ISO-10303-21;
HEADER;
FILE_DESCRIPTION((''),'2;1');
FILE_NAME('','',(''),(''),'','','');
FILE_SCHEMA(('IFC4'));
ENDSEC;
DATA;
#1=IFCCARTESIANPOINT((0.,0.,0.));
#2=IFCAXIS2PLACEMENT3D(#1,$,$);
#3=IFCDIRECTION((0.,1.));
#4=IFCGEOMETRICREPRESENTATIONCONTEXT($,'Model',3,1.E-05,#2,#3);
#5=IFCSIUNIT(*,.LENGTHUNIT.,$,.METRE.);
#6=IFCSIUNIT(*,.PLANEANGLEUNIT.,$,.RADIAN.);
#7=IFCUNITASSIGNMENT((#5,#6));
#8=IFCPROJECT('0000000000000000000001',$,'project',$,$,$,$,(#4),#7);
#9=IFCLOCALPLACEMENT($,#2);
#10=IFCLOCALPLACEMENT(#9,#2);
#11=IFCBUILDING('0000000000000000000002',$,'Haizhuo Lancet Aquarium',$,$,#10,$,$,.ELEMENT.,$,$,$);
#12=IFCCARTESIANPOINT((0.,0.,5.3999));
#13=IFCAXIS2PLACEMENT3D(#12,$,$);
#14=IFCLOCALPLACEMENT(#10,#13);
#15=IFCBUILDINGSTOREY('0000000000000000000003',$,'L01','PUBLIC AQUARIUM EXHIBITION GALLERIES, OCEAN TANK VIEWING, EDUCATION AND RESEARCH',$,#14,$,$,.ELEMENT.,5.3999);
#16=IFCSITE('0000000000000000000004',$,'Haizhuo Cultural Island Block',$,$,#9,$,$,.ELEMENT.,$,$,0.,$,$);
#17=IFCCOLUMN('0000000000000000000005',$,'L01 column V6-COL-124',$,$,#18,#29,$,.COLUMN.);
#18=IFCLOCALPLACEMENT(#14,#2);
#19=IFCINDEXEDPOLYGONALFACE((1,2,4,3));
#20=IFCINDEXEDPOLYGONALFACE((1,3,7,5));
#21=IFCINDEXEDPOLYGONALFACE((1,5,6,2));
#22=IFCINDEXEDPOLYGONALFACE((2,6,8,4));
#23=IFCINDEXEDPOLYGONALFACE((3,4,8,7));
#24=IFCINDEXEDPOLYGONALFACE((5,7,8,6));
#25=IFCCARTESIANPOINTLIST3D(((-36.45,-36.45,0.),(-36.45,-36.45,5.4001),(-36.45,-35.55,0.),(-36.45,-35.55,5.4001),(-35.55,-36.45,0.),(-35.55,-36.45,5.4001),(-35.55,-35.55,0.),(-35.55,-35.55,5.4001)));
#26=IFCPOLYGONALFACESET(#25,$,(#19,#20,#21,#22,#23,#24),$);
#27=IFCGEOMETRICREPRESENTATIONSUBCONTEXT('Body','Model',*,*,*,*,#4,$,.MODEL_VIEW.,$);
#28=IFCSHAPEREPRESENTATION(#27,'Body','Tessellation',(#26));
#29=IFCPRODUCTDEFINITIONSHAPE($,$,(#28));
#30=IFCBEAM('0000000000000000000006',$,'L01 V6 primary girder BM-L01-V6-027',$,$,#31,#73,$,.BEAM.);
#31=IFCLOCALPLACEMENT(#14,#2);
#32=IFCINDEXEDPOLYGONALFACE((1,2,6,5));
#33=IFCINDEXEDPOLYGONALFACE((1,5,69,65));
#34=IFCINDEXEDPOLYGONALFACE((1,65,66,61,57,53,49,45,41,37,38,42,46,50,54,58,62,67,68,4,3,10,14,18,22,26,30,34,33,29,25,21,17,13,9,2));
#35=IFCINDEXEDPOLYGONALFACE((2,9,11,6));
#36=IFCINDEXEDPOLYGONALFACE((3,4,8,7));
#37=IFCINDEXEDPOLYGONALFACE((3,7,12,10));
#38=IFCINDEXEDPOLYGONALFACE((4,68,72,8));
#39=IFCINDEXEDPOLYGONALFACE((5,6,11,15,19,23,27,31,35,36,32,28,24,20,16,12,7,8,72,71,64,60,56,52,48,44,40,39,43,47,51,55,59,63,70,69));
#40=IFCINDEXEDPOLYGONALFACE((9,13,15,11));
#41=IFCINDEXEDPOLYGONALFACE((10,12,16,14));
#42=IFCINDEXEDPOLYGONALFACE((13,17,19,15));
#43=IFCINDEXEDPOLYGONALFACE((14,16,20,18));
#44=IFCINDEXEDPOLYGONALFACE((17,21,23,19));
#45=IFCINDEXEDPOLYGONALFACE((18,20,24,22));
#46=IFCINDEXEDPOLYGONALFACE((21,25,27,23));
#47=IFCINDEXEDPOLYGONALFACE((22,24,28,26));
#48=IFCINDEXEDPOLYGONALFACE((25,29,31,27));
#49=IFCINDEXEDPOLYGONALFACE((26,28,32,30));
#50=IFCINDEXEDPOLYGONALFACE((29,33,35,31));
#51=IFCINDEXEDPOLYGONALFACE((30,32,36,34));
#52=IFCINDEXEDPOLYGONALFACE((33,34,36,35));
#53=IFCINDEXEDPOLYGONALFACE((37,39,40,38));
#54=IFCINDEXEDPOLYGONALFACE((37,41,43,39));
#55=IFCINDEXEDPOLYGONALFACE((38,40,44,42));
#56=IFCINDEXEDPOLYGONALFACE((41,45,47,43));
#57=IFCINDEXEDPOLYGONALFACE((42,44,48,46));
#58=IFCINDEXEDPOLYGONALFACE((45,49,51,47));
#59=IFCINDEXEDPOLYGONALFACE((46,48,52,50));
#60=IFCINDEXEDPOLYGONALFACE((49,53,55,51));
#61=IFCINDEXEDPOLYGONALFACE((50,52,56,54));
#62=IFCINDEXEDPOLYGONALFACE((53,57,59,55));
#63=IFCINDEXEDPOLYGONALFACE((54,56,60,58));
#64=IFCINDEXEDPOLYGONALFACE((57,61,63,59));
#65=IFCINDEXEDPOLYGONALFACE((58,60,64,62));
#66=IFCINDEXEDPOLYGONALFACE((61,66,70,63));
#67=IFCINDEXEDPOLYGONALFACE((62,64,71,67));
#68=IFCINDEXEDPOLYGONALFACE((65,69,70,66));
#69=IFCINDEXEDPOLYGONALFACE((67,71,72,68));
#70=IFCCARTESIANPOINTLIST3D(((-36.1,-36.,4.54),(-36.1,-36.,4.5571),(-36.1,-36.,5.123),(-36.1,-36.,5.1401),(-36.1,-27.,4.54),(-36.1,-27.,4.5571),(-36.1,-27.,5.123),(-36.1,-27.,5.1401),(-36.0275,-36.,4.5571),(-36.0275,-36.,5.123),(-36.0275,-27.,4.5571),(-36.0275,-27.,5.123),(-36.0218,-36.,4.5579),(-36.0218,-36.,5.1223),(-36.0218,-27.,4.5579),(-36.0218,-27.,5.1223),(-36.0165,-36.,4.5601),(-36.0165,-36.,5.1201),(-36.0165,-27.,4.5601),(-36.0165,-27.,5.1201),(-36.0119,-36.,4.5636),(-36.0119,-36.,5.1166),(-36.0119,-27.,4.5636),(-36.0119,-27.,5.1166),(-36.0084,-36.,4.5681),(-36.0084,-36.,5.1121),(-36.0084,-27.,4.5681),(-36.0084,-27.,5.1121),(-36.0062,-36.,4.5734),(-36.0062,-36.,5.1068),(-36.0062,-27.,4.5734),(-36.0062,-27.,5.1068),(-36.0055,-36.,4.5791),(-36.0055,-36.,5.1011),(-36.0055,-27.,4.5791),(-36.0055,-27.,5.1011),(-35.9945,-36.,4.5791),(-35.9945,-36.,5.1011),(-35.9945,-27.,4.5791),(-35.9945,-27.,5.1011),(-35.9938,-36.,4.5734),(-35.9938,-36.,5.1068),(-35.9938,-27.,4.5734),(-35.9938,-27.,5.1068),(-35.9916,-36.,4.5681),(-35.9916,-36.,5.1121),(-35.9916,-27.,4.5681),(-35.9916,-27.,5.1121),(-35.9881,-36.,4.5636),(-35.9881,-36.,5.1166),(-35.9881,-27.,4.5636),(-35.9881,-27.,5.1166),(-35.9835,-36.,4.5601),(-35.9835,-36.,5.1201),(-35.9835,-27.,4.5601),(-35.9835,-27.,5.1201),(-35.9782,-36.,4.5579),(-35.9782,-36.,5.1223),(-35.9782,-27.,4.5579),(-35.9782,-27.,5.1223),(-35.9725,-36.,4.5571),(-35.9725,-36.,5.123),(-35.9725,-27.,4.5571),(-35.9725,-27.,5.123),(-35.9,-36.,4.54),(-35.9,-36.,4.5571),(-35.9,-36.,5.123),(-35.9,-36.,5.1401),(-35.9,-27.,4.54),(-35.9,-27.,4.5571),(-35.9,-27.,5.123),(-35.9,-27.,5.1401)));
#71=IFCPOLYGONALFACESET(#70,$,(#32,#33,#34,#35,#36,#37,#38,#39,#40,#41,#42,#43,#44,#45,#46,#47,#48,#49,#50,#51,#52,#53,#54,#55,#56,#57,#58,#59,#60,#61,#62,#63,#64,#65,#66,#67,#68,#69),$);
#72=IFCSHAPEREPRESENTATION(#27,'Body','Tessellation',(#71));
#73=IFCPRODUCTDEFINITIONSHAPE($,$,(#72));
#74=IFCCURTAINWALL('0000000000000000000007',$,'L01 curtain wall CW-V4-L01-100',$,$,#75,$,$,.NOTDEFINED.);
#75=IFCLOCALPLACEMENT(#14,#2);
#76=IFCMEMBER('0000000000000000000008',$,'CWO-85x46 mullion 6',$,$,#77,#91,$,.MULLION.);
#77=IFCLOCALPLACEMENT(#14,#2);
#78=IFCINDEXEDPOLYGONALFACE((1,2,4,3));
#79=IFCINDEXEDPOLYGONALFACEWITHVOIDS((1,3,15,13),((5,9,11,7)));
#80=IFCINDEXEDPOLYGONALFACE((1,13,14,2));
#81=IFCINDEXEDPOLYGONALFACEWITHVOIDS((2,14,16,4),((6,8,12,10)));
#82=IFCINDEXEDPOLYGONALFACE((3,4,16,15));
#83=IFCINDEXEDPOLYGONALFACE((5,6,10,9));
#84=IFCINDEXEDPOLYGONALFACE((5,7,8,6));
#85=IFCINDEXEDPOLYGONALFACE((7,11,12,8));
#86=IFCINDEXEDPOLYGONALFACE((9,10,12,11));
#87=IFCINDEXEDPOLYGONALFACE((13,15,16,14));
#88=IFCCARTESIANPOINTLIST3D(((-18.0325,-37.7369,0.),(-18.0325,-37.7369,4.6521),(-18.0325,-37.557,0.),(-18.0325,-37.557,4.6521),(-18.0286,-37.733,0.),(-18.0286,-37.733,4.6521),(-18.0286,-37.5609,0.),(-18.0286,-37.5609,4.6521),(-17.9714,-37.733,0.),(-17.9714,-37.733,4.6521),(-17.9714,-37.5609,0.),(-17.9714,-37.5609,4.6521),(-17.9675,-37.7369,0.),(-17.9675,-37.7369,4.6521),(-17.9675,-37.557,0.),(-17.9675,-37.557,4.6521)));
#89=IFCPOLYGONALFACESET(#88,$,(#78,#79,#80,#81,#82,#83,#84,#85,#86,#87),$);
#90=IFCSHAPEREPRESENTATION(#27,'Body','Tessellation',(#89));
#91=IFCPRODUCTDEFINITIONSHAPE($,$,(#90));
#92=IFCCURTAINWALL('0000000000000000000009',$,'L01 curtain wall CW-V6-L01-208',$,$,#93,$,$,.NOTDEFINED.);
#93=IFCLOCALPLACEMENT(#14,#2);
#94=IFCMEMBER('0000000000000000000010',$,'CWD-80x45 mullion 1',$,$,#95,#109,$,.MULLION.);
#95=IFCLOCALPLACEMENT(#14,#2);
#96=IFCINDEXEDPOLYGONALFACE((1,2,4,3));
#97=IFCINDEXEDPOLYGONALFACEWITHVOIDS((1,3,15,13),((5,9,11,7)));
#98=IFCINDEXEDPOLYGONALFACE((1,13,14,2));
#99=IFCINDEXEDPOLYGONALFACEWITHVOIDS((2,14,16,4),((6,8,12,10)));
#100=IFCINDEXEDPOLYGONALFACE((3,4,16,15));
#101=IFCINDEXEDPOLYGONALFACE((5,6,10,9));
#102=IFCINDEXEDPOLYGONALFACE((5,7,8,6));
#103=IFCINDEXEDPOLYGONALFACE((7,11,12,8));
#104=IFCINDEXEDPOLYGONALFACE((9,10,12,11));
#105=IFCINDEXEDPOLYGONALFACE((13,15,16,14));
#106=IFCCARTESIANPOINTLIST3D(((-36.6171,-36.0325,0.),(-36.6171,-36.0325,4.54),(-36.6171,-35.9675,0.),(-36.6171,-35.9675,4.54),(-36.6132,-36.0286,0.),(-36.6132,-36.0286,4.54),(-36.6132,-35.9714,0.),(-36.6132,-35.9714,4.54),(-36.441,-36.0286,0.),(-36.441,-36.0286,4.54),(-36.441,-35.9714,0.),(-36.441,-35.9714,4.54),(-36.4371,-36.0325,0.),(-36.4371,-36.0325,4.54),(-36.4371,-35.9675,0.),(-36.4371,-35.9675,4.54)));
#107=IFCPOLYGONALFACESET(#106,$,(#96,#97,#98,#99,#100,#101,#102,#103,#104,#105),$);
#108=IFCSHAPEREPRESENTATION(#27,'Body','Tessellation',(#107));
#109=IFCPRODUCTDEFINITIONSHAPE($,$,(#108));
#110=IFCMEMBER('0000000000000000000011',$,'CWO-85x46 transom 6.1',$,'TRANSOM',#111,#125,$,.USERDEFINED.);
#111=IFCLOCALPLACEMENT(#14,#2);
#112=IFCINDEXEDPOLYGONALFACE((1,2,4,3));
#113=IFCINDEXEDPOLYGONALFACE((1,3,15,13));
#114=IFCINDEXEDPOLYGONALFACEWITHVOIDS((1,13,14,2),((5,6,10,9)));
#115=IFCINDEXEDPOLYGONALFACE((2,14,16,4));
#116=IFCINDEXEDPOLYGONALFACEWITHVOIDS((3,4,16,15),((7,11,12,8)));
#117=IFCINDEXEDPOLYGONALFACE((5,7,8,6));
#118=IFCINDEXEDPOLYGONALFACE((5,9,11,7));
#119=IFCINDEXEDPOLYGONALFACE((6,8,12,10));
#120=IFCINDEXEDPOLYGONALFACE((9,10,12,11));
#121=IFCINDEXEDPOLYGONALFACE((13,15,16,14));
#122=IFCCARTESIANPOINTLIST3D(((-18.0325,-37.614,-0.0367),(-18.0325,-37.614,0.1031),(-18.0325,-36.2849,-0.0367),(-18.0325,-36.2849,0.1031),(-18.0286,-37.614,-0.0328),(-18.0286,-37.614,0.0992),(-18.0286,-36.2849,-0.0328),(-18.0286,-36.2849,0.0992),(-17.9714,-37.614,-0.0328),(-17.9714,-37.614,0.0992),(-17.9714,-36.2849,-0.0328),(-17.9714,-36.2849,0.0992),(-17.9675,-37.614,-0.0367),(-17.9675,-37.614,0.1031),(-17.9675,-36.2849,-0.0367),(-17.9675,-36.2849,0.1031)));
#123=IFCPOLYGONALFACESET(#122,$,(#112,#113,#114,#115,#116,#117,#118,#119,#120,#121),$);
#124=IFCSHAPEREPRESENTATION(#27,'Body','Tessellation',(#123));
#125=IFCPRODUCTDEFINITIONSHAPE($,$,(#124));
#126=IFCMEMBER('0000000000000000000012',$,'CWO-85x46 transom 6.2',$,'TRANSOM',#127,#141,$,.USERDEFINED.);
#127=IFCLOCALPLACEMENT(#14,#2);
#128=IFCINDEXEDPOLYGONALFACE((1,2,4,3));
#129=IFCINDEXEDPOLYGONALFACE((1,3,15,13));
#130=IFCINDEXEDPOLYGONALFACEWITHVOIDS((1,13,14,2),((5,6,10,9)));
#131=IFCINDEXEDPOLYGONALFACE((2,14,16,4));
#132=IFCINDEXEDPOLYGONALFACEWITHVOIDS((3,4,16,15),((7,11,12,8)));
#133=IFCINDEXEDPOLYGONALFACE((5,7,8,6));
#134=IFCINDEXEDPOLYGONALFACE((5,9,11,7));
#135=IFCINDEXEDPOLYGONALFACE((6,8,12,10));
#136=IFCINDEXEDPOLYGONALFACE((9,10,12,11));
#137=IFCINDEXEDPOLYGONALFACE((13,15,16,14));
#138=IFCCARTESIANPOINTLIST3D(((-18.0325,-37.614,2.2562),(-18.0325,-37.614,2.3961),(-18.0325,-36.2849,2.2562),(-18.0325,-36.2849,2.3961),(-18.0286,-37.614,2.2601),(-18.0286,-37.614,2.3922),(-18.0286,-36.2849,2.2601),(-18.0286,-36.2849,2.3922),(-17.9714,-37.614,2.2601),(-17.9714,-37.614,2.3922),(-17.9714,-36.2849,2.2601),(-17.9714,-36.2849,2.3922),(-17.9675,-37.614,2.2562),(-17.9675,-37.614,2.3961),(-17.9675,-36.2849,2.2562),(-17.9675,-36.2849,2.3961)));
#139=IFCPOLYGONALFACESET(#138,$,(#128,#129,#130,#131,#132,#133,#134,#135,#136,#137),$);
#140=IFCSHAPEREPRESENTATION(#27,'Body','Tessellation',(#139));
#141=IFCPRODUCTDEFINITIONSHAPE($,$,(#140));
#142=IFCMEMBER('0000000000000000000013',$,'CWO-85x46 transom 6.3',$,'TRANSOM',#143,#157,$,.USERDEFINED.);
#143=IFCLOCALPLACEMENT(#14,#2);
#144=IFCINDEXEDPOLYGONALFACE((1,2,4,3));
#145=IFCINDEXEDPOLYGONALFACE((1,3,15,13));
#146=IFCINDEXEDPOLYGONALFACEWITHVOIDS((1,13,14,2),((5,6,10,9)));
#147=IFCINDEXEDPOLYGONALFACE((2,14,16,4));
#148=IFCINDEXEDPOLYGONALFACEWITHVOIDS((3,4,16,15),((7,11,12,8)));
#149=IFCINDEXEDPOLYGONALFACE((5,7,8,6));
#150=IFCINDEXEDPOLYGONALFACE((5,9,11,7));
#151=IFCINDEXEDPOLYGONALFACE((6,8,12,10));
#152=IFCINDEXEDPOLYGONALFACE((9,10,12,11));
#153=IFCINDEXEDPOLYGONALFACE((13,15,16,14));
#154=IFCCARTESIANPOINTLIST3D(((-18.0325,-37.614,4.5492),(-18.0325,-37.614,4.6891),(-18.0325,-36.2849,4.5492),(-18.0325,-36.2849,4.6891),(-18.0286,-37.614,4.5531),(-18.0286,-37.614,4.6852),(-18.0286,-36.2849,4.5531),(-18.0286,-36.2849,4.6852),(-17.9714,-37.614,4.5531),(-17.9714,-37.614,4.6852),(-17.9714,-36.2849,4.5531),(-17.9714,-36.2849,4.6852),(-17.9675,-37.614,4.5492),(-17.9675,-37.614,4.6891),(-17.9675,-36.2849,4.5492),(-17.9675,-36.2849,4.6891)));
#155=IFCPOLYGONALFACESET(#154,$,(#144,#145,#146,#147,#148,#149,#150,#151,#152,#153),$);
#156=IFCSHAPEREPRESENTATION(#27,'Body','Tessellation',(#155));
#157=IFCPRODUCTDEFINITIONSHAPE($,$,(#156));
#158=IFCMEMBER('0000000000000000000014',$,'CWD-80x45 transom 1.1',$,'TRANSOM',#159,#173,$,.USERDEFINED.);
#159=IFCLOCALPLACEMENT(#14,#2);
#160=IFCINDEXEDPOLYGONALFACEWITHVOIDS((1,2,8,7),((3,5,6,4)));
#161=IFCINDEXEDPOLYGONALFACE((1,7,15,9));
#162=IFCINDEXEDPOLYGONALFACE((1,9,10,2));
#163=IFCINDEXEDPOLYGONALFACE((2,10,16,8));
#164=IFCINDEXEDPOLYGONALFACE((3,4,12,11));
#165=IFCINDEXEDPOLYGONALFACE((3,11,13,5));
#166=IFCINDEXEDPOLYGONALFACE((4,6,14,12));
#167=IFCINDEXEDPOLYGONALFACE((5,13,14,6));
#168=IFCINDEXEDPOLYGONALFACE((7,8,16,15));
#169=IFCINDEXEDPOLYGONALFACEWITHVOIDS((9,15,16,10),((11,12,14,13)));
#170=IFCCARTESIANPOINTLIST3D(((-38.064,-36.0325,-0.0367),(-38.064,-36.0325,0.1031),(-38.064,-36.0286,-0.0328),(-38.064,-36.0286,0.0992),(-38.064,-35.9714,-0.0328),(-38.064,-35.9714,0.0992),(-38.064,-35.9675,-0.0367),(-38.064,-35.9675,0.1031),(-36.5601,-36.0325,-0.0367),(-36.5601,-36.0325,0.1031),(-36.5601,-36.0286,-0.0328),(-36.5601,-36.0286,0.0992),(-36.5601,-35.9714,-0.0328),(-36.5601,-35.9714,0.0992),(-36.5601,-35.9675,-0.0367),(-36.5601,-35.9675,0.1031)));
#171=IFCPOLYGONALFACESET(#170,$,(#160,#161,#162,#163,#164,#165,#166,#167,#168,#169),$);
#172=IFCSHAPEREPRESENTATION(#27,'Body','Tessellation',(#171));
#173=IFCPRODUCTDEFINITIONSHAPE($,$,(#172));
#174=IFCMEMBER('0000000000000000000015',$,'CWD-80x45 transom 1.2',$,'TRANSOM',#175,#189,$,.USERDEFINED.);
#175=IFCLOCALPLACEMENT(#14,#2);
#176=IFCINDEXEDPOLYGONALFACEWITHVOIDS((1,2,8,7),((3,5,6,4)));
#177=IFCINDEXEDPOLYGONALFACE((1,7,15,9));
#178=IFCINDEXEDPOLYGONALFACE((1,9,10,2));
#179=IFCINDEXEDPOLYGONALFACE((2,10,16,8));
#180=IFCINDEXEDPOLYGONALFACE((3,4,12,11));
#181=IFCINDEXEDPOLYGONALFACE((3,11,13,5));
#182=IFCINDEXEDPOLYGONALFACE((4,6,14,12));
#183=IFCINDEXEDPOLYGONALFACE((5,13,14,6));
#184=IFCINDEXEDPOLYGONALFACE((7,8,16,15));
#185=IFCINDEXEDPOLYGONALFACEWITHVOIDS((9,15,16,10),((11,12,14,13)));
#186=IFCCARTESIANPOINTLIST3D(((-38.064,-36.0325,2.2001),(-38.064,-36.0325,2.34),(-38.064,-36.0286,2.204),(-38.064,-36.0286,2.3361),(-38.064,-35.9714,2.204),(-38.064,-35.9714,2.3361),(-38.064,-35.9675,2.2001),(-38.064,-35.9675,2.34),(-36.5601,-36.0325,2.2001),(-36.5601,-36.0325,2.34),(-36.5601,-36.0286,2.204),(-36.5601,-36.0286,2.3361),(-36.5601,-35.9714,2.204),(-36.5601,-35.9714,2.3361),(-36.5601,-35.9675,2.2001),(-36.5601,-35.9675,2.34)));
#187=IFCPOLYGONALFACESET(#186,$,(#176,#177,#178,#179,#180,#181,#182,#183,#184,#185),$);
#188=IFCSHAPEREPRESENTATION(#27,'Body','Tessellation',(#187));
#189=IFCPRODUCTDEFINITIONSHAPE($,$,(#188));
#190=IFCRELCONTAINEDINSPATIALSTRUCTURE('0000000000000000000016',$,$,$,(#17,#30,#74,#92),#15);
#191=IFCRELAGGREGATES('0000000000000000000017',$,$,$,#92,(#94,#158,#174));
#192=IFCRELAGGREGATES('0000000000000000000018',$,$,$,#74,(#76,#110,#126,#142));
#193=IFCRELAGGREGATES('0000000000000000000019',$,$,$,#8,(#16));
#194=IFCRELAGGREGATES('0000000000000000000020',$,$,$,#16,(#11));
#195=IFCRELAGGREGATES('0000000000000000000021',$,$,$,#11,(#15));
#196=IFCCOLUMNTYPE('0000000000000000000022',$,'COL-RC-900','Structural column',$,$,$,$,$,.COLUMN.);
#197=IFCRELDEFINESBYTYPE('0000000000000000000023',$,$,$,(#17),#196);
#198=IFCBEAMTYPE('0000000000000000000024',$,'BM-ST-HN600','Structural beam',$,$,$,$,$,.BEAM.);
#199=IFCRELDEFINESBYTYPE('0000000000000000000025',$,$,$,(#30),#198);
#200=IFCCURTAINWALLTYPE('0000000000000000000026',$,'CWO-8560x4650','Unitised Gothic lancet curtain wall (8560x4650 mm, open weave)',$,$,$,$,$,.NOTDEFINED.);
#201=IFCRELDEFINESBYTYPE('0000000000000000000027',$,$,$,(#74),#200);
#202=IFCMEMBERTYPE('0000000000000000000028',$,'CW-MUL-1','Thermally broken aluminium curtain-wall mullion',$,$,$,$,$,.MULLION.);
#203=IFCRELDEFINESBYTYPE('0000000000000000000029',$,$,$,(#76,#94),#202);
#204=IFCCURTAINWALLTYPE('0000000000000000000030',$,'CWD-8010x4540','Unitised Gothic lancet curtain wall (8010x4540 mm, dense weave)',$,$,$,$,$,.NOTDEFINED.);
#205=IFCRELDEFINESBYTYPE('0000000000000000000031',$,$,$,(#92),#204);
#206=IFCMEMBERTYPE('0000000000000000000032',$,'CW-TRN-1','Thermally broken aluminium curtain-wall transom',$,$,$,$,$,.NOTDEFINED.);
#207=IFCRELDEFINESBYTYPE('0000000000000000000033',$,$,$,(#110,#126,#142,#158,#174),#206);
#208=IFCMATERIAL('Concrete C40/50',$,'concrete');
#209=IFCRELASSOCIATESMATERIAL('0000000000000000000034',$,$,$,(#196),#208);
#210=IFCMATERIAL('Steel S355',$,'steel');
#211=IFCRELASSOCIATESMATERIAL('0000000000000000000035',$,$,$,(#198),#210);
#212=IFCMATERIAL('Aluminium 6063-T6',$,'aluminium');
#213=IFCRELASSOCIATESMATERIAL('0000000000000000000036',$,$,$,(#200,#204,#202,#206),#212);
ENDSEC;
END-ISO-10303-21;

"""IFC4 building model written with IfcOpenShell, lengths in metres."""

from ifc_helpers import new_model, si_unit, direction, frame, origin, origin_2d, place, context, subcontext, project, spatial, rectangle, hollow_rectangle, i_section, extrude, material, material_profile, profile_set, type_object, element, aggregate, save


model = new_model("IFC4")

# Units and contexts
model_context = context("Model", 3, precision=1e-05, world=origin(), true_north=direction((0.0, 1.0)))
body_context = subcontext(model_context, "Body", "Model", "MODEL_VIEW")
ifc_project = project(units=[si_unit("LENGTHUNIT", "METRE"), si_unit("PLANEANGLEUNIT", "RADIAN")], contexts=[model_context])

# Site, building, storey
site_placement = place(None, origin())
site = spatial("IfcSite", under=ifc_project, at=site_placement, Name="Haizhuo Cultural Island Block", CompositionType="ELEMENT", RefElevation=0.0)
building_placement = place(site_placement, origin())
building = spatial("IfcBuilding", under=site, at=building_placement, Name="Haizhuo Lancet Aquarium", CompositionType="ELEMENT")
storey_placement = place(building_placement, frame((0.0, 0.0, 5.3999)))
storey = spatial("IfcBuildingStorey", under=building, at=storey_placement, Name="L01", Description="PUBLIC AQUARIUM EXHIBITION GALLERIES, OCEAN TANK VIEWING, EDUCATION AND RESEARCH", CompositionType="ELEMENT", Elevation=5.3999)

# Column
ifc_material_1 = material(Name="Concrete C40/50", Category="concrete")
ifc_material_profile_1 = material_profile(ifc_material_1, rectangle(XDim=0.8999, YDim=0.8999, at=origin_2d()), Name="RC-COL 900x900")
ifc_profile_set_1 = profile_set([ifc_material_profile_1], Name="Concrete C40/50")
column_type = type_object("IfcColumnType", Name="COL-RC-900", Description="Structural column", PredefinedType="COLUMN", material=ifc_profile_set_1)
column_placement = place(storey_placement, frame((-36.0, -36.0, 0.0), z_axis=(0.0, 0.0, 1.0), x_axis=(1.0, 0.0, 0.0)))
element("IfcColumn", 1, at=column_placement, inside=storey, type_object=column_type, Name="L01 column V6-COL-124", PredefinedType="COLUMN", context=body_context, shape_type="SweptSolid", body=[
    extrude(rectangle(XDim=0.8999, YDim=0.8999, at=origin_2d()), origin(), (0.0, 0.0, 1.0), 5.4001),
])

# Beam
ifc_material_2 = material(Name="Steel S355", Category="steel")
ifc_material_profile_2 = material_profile(ifc_material_2, i_section(OverallWidth=0.2, OverallDepth=0.6001, WebThickness=0.011, FlangeThickness=0.0171, FilletRadius=0.022, at=origin_2d()), Name="HN 600x200x11x17")
ifc_profile_set_2 = profile_set([ifc_material_profile_2], Name="Steel S355")
beam_type = type_object("IfcBeamType", Name="BM-ST-HN600", Description="Structural beam", PredefinedType="BEAM", material=ifc_profile_set_2)
beam_placement = place(storey_placement, frame((-36.0, -36.0, 4.8401), z_axis=(0.0, 1.0, 0.0), x_axis=(-1.0, 0.0, 0.0)))
element("IfcBeam", 2, at=beam_placement, inside=storey, type_object=beam_type, Name="L01 V6 primary girder BM-L01-V6-027", PredefinedType="BEAM", context=body_context, shape_type="SweptSolid", body=[
    extrude(i_section(OverallWidth=0.2, OverallDepth=0.6001, WebThickness=0.011, FlangeThickness=0.0171, FilletRadius=0.022, at=origin_2d()), origin(), (0.0, 0.0, 1.0), 9.0),
])

# Curtain walls, members
ifc_material_3 = material(Name="Aluminium 6063-T6", Category="aluminium")
curtain_wall_type_1 = type_object("IfcCurtainWallType", Name="CWO-8560x4650", Description="Unitised Gothic lancet curtain wall (8560x4650 mm, open weave)", PredefinedType="NOTDEFINED", material=ifc_material_3)
curtain_wall_1_placement = place(storey_placement, origin())
curtain_wall_1 = element("IfcCurtainWall", 3, at=curtain_wall_1_placement, inside=storey, type_object=curtain_wall_type_1, Name="L01 curtain wall CW-V4-L01-100", PredefinedType="NOTDEFINED")
ifc_material_profile_3 = material_profile(ifc_material_3, hollow_rectangle(XDim=0.0649, YDim=0.1799, WallThickness=0.0039, at=origin_2d()), Name="ALU-M 65x180x4")
ifc_profile_set_3 = profile_set([ifc_material_profile_3], Name="Aluminium 6063-T6")
member_type_1 = type_object("IfcMemberType", Name="CW-MUL-1", Description="Thermally broken aluminium curtain-wall mullion", PredefinedType="MULLION", material=ifc_profile_set_3)
member_1_placement = place(storey_placement, frame((-18.0, -37.647, 0.0), z_axis=(0.0, 0.0, 1.0), x_axis=(-1.0, 0.0, 0.0)))
member_1 = element("IfcMember", 4, at=member_1_placement, type_object=member_type_1, Name="CWO-85x46 mullion 6", PredefinedType="MULLION", context=body_context, shape_type="SweptSolid", body=[
    extrude(hollow_rectangle(XDim=0.0649, YDim=0.1799, WallThickness=0.0039, at=origin_2d()), origin(), (0.0, 0.0, 1.0), 4.6521),
])
curtain_wall_type_2 = type_object("IfcCurtainWallType", Name="CWD-8010x4540", Description="Unitised Gothic lancet curtain wall (8010x4540 mm, dense weave)", PredefinedType="NOTDEFINED", material=ifc_material_3)
curtain_wall_2_placement = place(storey_placement, origin())
curtain_wall_2 = element("IfcCurtainWall", 5, at=curtain_wall_2_placement, inside=storey, type_object=curtain_wall_type_2, Name="L01 curtain wall CW-V6-L01-208", PredefinedType="NOTDEFINED")
member_2_placement = place(storey_placement, frame((-36.5271, -36.0, 0.0), z_axis=(0.0, 0.0, 1.0), x_axis=(0.0, -1.0, 0.0)))
member_2 = element("IfcMember", 6, at=member_2_placement, type_object=member_type_1, Name="CWD-80x45 mullion 1", PredefinedType="MULLION", context=body_context, shape_type="SweptSolid", body=[
    extrude(hollow_rectangle(XDim=0.0649, YDim=0.1799, WallThickness=0.0039, at=origin_2d()), origin(), (0.0, 0.0, 1.0), 4.54),
])

# Members
ifc_material_profile_4 = material_profile(ifc_material_3, hollow_rectangle(XDim=0.0649, YDim=0.1399, WallThickness=0.0039, at=origin_2d()), Name="ALU-T 65x140x4")
ifc_profile_set_4 = profile_set([ifc_material_profile_4], Name="Aluminium 6063-T6")
member_type_2 = type_object("IfcMemberType", Name="CW-TRN-1", Description="Thermally broken aluminium curtain-wall transom", PredefinedType="NOTDEFINED", material=ifc_profile_set_4)
member_3_placement = place(storey_placement, frame((-18.0, -37.614, 0.0332), z_axis=(0.0, 1.0, 0.0), x_axis=(-1.0, 0.0, 0.0)))
member_3 = element("IfcMember", 7, at=member_3_placement, type_object=member_type_2, Name="CWO-85x46 transom 6.1", ObjectType="TRANSOM", PredefinedType="USERDEFINED", context=body_context, shape_type="SweptSolid", body=[
    extrude(hollow_rectangle(XDim=0.0649, YDim=0.1399, WallThickness=0.0039, at=origin_2d()), origin(), (0.0, 0.0, 1.0), 1.3291),
])
member_4_placement = place(storey_placement, frame((-18.0, -37.614, 2.3262), z_axis=(0.0, 1.0, 0.0), x_axis=(-1.0, 0.0, 0.0)))
member_4 = element("IfcMember", 8, at=member_4_placement, type_object=member_type_2, Name="CWO-85x46 transom 6.2", ObjectType="TRANSOM", PredefinedType="USERDEFINED", context=body_context, shape_type="SweptSolid", body=[
    extrude(hollow_rectangle(XDim=0.0649, YDim=0.1399, WallThickness=0.0039, at=origin_2d()), origin(), (0.0, 0.0, 1.0), 1.3291),
])
member_5_placement = place(storey_placement, frame((-18.0, -37.614, 4.6191), z_axis=(0.0, 1.0, 0.0), x_axis=(-1.0, 0.0, 0.0)))
member_5 = element("IfcMember", 9, at=member_5_placement, type_object=member_type_2, Name="CWO-85x46 transom 6.3", ObjectType="TRANSOM", PredefinedType="USERDEFINED", context=body_context, shape_type="SweptSolid", body=[
    extrude(hollow_rectangle(XDim=0.0649, YDim=0.1399, WallThickness=0.0039, at=origin_2d()), origin(), (0.0, 0.0, 1.0), 1.3291),
])
member_6_placement = place(storey_placement, frame((-36.5601, -36.0, 0.0332), z_axis=(-1.0, 0.0, 0.0), x_axis=(0.0, -1.0, 0.0)))
member_6 = element("IfcMember", 10, at=member_6_placement, type_object=member_type_2, Name="CWD-80x45 transom 1.1", ObjectType="TRANSOM", PredefinedType="USERDEFINED", context=body_context, shape_type="SweptSolid", body=[
    extrude(hollow_rectangle(XDim=0.0649, YDim=0.1399, WallThickness=0.0039, at=origin_2d()), origin(), (0.0, 0.0, 1.0), 1.5039),
])
member_7_placement = place(storey_placement, frame((-36.5601, -36.0, 2.27), z_axis=(-1.0, 0.0, 0.0), x_axis=(0.0, -1.0, 0.0)))
member_7 = element("IfcMember", 11, at=member_7_placement, type_object=member_type_2, Name="CWD-80x45 transom 1.2", ObjectType="TRANSOM", PredefinedType="USERDEFINED", context=body_context, shape_type="SweptSolid", body=[
    extrude(hollow_rectangle(XDim=0.0649, YDim=0.1399, WallThickness=0.0039, at=origin_2d()), origin(), (0.0, 0.0, 1.0), 1.5039),
])
aggregate(curtain_wall_2, [member_2, member_6, member_7])

aggregate(curtain_wall_1, [member_1, member_3, member_4, member_5])

save(model, "model.ifc")
